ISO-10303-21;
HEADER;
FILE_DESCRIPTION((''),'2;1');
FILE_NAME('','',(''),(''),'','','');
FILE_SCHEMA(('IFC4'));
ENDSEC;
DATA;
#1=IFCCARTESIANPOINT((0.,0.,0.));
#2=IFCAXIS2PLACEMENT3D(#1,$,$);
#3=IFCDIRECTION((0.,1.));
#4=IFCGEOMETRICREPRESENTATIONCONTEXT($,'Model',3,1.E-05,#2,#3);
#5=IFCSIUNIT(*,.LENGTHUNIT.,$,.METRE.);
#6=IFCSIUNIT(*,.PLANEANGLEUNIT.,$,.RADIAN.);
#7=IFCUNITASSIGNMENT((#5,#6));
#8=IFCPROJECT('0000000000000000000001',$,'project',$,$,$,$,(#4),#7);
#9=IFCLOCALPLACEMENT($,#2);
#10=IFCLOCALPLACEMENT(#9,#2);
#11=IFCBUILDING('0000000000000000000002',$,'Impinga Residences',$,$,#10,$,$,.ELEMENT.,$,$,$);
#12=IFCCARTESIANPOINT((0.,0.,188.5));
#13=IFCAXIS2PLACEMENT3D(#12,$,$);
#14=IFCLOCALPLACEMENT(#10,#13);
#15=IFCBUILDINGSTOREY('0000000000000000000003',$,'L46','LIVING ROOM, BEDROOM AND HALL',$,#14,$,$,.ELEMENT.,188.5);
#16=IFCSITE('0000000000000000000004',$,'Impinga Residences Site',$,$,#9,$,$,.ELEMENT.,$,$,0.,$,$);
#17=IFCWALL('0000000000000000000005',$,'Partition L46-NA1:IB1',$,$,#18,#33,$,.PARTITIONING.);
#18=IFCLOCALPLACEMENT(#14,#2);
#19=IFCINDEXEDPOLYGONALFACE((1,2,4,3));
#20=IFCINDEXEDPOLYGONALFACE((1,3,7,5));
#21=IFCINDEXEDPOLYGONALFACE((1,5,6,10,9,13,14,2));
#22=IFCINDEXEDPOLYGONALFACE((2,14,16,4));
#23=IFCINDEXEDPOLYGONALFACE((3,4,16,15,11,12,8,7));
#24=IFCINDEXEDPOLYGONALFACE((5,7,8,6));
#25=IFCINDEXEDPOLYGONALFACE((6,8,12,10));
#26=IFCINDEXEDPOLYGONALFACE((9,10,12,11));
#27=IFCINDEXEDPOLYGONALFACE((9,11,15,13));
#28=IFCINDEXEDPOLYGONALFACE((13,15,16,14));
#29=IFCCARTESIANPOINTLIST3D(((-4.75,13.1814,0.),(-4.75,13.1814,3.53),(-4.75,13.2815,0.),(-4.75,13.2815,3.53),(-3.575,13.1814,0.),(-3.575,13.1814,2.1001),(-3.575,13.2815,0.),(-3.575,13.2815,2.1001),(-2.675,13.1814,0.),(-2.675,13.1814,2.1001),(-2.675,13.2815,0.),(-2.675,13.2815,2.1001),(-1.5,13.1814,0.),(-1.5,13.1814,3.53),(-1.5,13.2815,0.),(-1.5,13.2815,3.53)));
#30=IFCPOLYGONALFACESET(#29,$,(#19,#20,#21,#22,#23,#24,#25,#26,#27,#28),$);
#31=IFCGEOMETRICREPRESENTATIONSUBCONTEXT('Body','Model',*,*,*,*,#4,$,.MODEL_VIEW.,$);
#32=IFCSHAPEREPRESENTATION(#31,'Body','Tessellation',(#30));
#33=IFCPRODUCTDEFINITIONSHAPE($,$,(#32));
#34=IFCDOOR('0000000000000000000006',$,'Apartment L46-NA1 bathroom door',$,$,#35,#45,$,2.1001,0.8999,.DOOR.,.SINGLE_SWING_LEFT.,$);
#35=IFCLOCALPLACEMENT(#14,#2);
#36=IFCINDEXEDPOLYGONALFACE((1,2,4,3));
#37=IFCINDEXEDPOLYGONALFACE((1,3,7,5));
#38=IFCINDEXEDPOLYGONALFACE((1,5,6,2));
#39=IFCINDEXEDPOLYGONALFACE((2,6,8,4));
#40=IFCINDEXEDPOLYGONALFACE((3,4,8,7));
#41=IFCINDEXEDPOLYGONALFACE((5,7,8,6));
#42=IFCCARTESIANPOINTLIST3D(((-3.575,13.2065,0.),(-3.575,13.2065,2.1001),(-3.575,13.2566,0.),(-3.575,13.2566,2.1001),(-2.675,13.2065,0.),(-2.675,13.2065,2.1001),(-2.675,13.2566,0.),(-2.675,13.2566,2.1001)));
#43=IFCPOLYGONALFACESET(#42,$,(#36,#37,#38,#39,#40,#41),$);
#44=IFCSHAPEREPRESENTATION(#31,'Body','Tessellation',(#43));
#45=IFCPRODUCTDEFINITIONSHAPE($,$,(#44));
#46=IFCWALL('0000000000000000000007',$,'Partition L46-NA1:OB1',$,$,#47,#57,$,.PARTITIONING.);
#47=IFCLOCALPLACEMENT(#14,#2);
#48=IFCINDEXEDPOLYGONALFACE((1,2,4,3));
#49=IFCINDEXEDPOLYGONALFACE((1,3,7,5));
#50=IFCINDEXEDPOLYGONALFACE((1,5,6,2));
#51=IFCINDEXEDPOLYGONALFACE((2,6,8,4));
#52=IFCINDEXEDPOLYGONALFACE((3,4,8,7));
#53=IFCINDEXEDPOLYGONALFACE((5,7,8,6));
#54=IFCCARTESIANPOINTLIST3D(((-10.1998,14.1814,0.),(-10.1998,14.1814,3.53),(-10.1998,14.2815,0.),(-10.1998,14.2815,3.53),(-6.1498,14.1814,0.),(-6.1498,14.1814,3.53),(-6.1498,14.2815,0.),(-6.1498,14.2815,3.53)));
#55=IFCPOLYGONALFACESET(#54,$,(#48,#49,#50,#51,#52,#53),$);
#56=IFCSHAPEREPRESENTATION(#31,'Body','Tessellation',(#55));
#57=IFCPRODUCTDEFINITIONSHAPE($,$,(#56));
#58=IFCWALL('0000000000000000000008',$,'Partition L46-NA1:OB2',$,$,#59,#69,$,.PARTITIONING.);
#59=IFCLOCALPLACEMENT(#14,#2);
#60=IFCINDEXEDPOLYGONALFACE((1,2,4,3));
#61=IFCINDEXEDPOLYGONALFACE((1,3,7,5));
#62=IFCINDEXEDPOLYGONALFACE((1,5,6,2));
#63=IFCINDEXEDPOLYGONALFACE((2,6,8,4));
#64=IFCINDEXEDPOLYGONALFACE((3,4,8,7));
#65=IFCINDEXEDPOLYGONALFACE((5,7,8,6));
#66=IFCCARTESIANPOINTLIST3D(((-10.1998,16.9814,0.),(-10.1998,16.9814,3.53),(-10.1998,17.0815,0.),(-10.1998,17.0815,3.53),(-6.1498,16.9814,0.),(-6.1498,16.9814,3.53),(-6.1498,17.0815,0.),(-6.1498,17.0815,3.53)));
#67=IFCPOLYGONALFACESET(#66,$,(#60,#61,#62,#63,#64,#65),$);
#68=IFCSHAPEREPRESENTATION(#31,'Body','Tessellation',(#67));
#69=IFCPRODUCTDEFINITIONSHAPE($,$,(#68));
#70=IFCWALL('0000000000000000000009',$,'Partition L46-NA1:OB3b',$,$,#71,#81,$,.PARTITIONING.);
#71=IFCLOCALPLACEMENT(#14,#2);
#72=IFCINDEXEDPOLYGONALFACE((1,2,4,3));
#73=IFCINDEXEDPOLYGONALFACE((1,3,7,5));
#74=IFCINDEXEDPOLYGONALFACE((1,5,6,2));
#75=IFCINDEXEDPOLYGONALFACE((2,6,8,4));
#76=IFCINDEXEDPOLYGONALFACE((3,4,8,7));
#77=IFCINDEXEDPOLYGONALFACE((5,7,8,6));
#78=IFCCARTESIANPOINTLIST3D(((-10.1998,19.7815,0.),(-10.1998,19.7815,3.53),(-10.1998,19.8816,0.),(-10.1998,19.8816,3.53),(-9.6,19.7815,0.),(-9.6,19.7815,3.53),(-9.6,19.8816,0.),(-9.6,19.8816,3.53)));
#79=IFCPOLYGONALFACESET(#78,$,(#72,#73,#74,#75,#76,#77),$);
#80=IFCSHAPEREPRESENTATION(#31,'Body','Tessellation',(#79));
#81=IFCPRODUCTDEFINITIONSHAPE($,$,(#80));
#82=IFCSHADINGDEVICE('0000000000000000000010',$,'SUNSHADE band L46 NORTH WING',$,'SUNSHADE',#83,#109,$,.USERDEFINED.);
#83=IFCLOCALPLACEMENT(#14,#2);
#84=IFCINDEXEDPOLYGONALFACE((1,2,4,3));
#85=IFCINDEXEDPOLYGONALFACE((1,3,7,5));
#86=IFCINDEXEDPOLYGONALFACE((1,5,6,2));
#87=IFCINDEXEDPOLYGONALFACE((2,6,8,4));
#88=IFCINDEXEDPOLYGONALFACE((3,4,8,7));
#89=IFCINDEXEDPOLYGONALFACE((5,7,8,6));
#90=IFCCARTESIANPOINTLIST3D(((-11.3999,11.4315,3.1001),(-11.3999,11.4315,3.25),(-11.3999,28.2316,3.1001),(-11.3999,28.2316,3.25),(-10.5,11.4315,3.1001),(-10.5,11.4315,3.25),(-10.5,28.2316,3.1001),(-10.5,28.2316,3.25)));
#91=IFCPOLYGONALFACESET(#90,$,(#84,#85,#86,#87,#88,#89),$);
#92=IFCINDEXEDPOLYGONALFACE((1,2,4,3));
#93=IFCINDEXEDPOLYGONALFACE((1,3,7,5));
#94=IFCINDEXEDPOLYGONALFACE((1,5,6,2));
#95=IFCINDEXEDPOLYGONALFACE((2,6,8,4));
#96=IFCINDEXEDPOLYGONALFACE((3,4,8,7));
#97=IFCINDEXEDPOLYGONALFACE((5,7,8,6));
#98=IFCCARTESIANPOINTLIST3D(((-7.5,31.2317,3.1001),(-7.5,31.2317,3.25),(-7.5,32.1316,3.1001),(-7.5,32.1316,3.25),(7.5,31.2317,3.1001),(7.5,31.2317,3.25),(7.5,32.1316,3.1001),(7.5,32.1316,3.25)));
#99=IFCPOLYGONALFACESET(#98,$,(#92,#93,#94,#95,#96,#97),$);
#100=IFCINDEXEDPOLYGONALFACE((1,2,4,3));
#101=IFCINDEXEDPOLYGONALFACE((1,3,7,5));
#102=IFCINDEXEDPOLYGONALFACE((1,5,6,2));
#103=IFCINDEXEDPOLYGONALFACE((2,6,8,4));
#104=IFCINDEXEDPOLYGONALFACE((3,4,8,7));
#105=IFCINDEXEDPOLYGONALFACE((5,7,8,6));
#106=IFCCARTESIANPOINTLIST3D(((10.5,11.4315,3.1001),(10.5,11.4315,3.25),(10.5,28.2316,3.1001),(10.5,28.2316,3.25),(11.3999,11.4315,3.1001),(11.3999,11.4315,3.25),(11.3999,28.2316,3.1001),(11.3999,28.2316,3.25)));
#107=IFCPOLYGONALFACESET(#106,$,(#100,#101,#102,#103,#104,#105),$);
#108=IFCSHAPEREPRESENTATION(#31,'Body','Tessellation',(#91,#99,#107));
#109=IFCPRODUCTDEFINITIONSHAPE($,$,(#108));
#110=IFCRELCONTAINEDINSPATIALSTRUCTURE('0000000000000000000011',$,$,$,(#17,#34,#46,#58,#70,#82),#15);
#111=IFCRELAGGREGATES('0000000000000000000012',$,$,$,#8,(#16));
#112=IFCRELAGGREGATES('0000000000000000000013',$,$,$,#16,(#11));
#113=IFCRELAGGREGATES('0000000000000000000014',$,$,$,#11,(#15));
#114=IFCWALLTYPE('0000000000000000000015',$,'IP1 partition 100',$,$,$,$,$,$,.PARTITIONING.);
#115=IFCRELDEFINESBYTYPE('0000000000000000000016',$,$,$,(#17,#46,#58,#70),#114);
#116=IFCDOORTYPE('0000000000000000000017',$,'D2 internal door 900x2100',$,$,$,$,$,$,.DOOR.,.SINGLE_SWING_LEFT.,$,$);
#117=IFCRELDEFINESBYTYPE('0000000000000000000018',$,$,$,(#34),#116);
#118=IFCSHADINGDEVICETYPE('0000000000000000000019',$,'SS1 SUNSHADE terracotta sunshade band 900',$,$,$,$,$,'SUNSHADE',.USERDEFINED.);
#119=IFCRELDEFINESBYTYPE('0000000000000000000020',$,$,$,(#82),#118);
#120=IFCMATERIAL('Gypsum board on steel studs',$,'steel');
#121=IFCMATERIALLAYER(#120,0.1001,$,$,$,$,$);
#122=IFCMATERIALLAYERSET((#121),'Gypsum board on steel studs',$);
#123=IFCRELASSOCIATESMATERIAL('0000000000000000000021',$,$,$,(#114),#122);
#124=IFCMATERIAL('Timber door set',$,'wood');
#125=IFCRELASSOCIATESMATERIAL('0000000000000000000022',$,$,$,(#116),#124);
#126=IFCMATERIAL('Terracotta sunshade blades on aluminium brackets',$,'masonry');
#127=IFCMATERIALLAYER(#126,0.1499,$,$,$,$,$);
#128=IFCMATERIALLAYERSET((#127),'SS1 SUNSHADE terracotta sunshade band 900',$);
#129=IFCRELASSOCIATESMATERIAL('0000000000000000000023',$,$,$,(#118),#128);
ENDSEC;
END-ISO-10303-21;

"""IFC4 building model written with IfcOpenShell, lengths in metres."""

from ifc_helpers import new_model, si_unit, direction, frame, frame_2d, origin, origin_2d, place, context, subcontext, project, spatial, rectangle, extrude, material, layer, layer_set, type_object, element, fill, save


model = new_model("IFC4")

# Units and contexts
model_context = context("Model", 3, precision=1e-05, world=origin(), true_north=direction((0.0, 1.0)))
body_context = subcontext(model_context, "Body", "Model", "MODEL_VIEW")
ifc_project = project(units=[si_unit("LENGTHUNIT", "METRE"), si_unit("PLANEANGLEUNIT", "RADIAN")], contexts=[model_context])

# Site, building, storey
site_placement = place(None, origin())
site = spatial("IfcSite", under=ifc_project, at=site_placement, Name="Impinga Residences Site", CompositionType="ELEMENT", RefElevation=0.0)
building_placement = place(site_placement, origin())
building = spatial("IfcBuilding", under=site, at=building_placement, Name="Impinga Residences", CompositionType="ELEMENT")
storey_placement = place(building_placement, frame((0.0, 0.0, 188.5)))
storey = spatial("IfcBuildingStorey", under=building, at=storey_placement, Name="L46", Description="LIVING ROOM, BEDROOM AND HALL", CompositionType="ELEMENT", Elevation=188.5)

# Shared definitions
ifc_material_1 = material(Name="Gypsum board on steel studs", Category="steel")
ifc_layer_1 = layer(ifc_material_1, 0.1001)
ifc_layer_set_1 = layer_set([ifc_layer_1], Name="Gypsum board on steel studs")
wall_type_1 = type_object("IfcWallType", Name="IP1 partition 100", PredefinedType="PARTITIONING", material=ifc_layer_set_1)

# Shared definitions
ifc_material_2 = material(Name="Timber door set", Category="wood")
door_type = type_object("IfcDoorType", Name="D2 internal door 900x2100", OperationType="SINGLE_SWING_LEFT", PredefinedType="DOOR", material=ifc_material_2)

# Wall, opening, door
wall_1_placement = place(storey_placement, frame((-1.5, 13.2314, 0.0), z_axis=(0.0, 0.0, 1.0), x_axis=(-1.0, 0.0, 0.0)))
wall_1 = element("IfcWall", 1, at=wall_1_placement, inside=storey, type_object=wall_type_1, Name="Partition L46-NA1:IB1", PredefinedType="PARTITIONING", context=body_context, shape_type="SweptSolid", body=[
    extrude(rectangle(XDim=3.25, YDim=0.1001, at=frame_2d((1.625, 0.0))), origin(), (0.0, 0.0, 1.0), 3.53),
])
opening_1_placement = place(wall_1_placement, frame((1.175, 0.0, 0.0)))
opening_1 = element("IfcOpeningElement", 2, at=opening_1_placement, cuts=wall_1, PredefinedType="OPENING", context=body_context, shape_type="SweptSolid", body=[
    extrude(rectangle(XDim=0.8999, YDim=2.1001, at=frame_2d((0.45, 1.05))), frame((0.0, 0.0601, 0.0), z_axis=(0.0, -1.0, 0.0), x_axis=(1.0, 0.0, 0.0)), (0.0, 0.0, 1.0), 0.1201),
])
door_1_placement = place(opening_1_placement, origin())
door_1 = element("IfcDoor", 3, at=door_1_placement, inside=storey, type_object=door_type, Name="Apartment L46-NA1 bathroom door", OperationType="SINGLE_SWING_LEFT", OverallHeight=2.1001, OverallWidth=0.8999, PredefinedType="DOOR", context=body_context, shape_type="SweptSolid", body=[
    extrude(rectangle(XDim=0.8999, YDim=2.1001, at=frame_2d((0.45, 1.05))), frame((0.0, 0.0249, 0.0), z_axis=(0.0, -1.0, 0.0), x_axis=(1.0, 0.0, 0.0)), (0.0, 0.0, 1.0), 0.05),
])
fill(opening_1, door_1)

# Walls
for number, where, z_axis, x_axis, name in (
    (4, (-6.1499, 14.2314, 0.0), (0.0, 0.0, 1.0), (-1.0, 0.0, 0.0), "Partition L46-NA1:OB1"),
    (5, (-6.1499, 17.0315, 0.0), (0.0, 0.0, 1.0), (-1.0, 0.0, 0.0), "Partition L46-NA1:OB2"),
):
    element("IfcWall", number, at=place(storey_placement, frame(where, z_axis=z_axis, x_axis=x_axis)), inside=storey, type_object=wall_type_1, Name=name, PredefinedType="PARTITIONING", context=body_context, shape_type="SweptSolid", body=[
        extrude(rectangle(XDim=4.05, YDim=0.1001, at=frame_2d((2.0249, 0.0))), origin(), (0.0, 0.0, 1.0), 3.53),
    ])
wall_2_placement = place(storey_placement, frame((-9.6001, 19.8315, 0.0), z_axis=(0.0, 0.0, 1.0), x_axis=(-1.0, 0.0, 0.0)))
element("IfcWall", 6, at=wall_2_placement, inside=storey, type_object=wall_type_1, Name="Partition L46-NA1:OB3b", PredefinedType="PARTITIONING", context=body_context, shape_type="SweptSolid", body=[
    extrude(rectangle(XDim=0.5999, YDim=0.1001, at=frame_2d((0.2998, 0.0))), origin(), (0.0, 0.0, 1.0), 3.53),
])

# Shading device
ifc_material_3 = material(Name="Terracotta sunshade blades on aluminium brackets", Category="masonry")
ifc_layer_2 = layer(ifc_material_3, 0.1499)
ifc_layer_set_2 = layer_set([ifc_layer_2], Name="SS1 SUNSHADE terracotta sunshade band 900")
shading_device_type = type_object("IfcShadingDeviceType", Name="SS1 SUNSHADE terracotta sunshade band 900", ElementType="SUNSHADE", PredefinedType="USERDEFINED", material=ifc_layer_set_2)
shading_device_placement = place(storey_placement, frame((-10.95, 19.8315, 3.1001), z_axis=(0.0, 0.0, 1.0), x_axis=(0.0, 1.0, 0.0)))
element("IfcShadingDevice", 7, at=shading_device_placement, inside=storey, type_object=shading_device_type, Name="SUNSHADE band L46 NORTH WING", ObjectType="SUNSHADE", PredefinedType="USERDEFINED", context=body_context, shape_type="SweptSolid", body=[
    extrude(rectangle(XDim=16.8, YDim=0.8999, at=origin_2d()), origin(), (0.0, 0.0, 1.0), 0.1499),
    extrude(rectangle(XDim=15.0, YDim=0.8999, at=origin_2d()), frame((11.8501, -10.95, 0.0), z_axis=(0.0, 0.0, 1.0), x_axis=(0.0, -1.0, 0.0)), (0.0, 0.0, 1.0), 0.1499),
    extrude(rectangle(XDim=16.8, YDim=0.8999, at=origin_2d()), frame((0.0, -21.8999, 0.0), z_axis=(0.0, 0.0, 1.0), x_axis=(-1.0, 0.0, 0.0)), (0.0, 0.0, 1.0), 0.1499),
])

save(model, "model.ifc")
